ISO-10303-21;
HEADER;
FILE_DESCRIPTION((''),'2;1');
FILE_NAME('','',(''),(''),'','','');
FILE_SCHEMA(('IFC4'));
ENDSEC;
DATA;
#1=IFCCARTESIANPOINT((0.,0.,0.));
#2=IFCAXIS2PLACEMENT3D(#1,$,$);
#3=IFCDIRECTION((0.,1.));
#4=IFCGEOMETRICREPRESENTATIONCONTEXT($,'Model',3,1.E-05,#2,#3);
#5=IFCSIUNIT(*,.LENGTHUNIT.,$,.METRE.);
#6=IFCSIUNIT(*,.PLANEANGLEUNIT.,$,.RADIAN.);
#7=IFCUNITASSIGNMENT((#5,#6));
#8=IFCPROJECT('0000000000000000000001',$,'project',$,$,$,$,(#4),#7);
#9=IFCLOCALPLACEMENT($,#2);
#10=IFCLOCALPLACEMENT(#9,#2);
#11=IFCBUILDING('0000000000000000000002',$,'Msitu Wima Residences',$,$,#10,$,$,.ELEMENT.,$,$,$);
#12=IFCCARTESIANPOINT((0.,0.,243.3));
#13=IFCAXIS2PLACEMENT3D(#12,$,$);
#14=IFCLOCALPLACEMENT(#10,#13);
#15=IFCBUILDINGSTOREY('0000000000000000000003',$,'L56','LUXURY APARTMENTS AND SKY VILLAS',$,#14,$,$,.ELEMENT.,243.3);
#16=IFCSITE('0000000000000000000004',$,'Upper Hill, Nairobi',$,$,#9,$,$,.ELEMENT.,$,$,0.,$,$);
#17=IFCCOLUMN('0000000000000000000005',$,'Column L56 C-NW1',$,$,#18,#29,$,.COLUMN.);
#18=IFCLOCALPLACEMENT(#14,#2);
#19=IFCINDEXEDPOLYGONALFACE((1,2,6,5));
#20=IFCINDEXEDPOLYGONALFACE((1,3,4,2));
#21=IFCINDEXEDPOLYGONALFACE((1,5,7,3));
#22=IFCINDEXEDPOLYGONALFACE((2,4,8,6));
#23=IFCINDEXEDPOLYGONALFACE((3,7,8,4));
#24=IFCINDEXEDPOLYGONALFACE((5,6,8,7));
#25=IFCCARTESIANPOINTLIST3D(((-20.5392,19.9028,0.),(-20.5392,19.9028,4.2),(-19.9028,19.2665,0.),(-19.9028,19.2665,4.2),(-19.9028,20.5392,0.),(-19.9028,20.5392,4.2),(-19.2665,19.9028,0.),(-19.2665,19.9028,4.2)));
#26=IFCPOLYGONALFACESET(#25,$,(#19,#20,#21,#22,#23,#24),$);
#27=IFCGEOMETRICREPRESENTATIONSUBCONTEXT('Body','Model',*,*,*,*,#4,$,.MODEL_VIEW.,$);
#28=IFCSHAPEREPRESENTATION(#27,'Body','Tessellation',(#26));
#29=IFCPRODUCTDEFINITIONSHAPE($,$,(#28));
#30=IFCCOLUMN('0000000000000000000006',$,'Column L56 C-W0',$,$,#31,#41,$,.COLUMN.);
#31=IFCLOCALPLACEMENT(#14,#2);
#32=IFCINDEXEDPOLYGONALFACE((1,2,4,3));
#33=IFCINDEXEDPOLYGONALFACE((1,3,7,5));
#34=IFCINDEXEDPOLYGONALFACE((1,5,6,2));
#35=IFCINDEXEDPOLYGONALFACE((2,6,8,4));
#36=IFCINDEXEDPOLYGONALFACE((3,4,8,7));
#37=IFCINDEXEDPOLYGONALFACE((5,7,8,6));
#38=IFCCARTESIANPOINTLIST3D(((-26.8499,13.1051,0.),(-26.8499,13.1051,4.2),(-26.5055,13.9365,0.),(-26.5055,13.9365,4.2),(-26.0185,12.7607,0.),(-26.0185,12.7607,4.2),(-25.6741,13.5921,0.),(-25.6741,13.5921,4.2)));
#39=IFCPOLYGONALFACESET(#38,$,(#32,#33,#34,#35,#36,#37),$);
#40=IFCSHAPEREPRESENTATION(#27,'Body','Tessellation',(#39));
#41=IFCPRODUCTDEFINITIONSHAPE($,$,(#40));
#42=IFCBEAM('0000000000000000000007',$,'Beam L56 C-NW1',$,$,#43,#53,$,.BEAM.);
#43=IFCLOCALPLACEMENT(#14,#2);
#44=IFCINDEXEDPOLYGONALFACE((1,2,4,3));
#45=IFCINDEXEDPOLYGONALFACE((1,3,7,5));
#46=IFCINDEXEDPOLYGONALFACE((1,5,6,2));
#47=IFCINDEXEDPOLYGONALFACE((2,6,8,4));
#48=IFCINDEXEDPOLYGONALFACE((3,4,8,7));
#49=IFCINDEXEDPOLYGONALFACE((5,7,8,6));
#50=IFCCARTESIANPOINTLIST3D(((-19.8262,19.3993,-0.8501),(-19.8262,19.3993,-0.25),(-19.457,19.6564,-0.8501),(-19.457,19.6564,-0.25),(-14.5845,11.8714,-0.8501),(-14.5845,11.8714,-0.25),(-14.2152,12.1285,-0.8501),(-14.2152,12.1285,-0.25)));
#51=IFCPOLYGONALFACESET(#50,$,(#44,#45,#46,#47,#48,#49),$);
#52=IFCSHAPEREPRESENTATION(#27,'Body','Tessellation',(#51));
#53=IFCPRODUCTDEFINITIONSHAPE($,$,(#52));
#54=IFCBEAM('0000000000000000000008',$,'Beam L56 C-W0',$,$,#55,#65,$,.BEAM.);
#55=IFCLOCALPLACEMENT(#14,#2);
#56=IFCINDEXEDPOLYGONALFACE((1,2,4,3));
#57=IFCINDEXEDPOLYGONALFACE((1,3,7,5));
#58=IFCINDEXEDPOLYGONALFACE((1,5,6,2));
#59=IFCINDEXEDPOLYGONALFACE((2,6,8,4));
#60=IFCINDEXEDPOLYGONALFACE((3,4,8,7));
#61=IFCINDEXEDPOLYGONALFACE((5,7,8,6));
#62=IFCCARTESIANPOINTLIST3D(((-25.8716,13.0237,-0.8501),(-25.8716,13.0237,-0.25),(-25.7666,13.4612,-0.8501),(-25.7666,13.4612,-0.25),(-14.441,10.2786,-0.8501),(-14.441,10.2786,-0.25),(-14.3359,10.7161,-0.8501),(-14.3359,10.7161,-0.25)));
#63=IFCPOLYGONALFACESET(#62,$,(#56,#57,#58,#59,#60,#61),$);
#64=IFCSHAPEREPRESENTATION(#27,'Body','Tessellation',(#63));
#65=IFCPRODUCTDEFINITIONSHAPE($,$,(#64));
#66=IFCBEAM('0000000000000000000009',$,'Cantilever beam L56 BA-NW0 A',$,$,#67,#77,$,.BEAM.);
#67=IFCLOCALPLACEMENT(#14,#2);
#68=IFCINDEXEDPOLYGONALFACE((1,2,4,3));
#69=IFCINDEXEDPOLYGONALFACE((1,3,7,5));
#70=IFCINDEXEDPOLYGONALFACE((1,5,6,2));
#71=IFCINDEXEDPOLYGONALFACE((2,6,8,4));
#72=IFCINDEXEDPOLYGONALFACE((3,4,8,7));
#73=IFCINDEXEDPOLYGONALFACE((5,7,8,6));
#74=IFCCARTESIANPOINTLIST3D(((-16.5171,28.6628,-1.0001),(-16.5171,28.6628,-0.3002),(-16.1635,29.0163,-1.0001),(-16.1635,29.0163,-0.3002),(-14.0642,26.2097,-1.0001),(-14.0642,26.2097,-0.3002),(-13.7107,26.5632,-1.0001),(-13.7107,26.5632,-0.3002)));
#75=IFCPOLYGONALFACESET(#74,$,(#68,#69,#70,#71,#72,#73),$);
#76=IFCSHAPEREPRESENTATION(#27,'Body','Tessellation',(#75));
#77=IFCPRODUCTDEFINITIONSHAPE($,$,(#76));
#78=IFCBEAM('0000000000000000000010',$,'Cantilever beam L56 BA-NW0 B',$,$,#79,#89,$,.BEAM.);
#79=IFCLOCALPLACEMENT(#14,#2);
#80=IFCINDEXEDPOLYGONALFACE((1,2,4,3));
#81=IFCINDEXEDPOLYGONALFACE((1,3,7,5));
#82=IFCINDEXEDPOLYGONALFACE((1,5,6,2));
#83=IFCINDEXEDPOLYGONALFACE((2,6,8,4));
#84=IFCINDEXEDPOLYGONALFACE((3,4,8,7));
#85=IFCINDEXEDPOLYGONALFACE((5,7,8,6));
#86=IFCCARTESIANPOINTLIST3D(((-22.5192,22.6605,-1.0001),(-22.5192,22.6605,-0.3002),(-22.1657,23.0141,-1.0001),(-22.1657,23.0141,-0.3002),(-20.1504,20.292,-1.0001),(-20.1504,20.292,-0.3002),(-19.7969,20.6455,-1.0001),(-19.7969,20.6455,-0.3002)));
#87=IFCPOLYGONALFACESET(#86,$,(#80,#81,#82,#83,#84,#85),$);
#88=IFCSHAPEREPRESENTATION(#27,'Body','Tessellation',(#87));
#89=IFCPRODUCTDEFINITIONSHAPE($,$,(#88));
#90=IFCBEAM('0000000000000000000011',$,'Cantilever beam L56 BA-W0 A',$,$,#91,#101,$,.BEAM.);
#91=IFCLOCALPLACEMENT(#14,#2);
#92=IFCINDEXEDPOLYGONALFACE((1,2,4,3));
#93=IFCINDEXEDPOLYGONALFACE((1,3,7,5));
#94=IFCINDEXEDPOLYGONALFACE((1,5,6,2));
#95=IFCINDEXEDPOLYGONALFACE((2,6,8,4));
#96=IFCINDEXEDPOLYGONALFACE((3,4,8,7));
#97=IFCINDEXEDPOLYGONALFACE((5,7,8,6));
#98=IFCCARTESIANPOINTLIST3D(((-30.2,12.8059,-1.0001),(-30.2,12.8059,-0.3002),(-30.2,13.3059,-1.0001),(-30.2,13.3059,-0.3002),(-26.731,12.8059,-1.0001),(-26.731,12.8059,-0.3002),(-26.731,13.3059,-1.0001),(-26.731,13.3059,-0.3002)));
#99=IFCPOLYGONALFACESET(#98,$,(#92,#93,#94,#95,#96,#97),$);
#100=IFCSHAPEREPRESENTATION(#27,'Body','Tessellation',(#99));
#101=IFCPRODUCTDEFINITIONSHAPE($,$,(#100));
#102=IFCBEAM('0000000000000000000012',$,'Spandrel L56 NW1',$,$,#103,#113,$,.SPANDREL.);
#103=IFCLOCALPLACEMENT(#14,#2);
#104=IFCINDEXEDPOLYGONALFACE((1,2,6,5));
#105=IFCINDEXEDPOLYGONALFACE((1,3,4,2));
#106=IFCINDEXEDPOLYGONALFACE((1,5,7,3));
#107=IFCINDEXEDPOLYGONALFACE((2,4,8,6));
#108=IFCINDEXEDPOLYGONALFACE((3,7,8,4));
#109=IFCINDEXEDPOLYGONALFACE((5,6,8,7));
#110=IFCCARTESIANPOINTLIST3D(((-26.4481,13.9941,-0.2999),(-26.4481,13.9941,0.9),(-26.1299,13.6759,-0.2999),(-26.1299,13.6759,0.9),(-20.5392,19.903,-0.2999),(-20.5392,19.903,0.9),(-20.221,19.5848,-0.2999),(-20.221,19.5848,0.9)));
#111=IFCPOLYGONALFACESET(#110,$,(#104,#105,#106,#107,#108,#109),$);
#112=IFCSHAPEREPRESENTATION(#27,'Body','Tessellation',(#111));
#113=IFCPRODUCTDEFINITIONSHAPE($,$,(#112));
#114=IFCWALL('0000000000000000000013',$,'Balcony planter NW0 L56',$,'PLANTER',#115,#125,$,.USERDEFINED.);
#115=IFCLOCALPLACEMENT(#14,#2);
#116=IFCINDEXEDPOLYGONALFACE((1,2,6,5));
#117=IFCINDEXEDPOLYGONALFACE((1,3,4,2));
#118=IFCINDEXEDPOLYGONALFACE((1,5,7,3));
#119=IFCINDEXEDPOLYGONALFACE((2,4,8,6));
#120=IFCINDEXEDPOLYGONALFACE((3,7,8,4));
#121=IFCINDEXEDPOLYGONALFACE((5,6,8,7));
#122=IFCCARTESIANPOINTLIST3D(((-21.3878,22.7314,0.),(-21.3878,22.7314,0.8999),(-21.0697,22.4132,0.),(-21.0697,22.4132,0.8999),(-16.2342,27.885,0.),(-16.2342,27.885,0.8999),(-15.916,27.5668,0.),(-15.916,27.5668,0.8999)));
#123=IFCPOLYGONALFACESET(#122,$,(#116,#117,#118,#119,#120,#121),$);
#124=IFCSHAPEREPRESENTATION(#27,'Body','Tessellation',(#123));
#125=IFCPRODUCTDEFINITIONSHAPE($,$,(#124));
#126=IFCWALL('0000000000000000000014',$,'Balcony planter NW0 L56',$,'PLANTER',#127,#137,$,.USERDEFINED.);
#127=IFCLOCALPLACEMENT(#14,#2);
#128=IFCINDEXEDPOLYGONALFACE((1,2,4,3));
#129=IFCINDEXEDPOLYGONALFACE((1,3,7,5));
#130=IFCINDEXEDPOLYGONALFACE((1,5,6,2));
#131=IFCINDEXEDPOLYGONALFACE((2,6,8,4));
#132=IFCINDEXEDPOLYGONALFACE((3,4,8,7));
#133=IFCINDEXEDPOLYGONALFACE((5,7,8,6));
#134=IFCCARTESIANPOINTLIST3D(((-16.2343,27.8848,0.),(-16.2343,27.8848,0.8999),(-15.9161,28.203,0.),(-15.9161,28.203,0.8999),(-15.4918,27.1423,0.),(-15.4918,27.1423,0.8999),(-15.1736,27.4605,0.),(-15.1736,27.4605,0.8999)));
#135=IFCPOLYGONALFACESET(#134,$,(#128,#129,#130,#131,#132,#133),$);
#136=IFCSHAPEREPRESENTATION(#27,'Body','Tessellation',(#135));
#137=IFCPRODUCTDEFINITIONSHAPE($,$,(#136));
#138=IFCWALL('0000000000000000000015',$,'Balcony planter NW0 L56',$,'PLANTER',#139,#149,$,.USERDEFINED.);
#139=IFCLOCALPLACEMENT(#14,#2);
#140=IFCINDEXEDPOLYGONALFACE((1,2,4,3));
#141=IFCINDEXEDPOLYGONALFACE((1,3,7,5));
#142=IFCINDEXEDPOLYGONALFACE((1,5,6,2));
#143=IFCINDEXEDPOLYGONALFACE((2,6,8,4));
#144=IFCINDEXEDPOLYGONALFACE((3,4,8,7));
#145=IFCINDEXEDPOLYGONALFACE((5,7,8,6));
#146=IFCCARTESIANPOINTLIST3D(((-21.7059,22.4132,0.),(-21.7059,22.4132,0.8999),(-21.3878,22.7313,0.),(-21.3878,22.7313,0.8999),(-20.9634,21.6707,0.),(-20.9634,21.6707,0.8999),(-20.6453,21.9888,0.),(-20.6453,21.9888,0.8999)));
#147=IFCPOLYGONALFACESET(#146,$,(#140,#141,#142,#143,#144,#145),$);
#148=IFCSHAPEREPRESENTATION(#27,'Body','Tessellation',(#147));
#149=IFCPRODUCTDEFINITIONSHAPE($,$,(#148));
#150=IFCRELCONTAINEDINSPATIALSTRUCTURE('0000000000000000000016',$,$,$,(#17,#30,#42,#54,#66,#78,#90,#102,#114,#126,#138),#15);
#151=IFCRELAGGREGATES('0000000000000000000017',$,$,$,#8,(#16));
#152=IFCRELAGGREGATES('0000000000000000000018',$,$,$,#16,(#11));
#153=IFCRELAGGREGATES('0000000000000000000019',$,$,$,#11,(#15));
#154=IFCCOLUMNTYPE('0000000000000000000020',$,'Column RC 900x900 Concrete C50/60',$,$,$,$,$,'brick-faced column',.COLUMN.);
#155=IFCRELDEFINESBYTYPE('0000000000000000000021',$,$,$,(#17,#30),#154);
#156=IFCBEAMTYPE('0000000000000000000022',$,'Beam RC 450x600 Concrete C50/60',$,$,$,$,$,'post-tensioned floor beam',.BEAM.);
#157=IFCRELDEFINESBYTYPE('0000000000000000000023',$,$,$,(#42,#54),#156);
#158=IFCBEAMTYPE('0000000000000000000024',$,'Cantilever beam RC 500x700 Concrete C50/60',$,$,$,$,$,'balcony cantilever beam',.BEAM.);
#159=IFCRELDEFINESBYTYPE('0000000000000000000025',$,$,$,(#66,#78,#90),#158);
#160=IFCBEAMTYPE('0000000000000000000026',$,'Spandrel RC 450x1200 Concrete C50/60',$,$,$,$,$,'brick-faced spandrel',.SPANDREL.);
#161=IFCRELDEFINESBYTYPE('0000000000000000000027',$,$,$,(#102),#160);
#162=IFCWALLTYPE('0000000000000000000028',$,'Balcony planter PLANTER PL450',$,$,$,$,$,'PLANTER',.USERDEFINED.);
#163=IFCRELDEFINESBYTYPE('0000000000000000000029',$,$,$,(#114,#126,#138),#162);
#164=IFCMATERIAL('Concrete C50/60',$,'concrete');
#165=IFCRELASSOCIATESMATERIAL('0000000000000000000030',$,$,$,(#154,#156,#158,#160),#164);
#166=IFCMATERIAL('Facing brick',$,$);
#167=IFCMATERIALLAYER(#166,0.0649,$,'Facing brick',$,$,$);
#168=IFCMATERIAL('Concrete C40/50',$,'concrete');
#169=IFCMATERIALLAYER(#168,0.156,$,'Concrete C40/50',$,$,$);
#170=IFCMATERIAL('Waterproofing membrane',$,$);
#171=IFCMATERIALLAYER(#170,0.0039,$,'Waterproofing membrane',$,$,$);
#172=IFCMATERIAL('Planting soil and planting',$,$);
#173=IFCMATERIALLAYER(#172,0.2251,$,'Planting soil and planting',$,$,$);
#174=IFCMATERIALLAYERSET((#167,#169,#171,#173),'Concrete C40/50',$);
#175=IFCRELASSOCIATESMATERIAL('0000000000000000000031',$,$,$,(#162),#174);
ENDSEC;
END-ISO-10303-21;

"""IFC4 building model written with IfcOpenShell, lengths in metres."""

from ifc_helpers import new_model, si_unit, direction, frame, frame_2d, origin, origin_2d, place, context, subcontext, project, spatial, rectangle, extrude, material, layer, layer_set, material_profile, profile_set, type_object, element, save


model = new_model("IFC4")

# Units and contexts
model_context = context("Model", 3, precision=1e-05, world=origin(), true_north=direction((0.0, 1.0)))
body_context = subcontext(model_context, "Body", "Model", "MODEL_VIEW")
ifc_project = project(units=[si_unit("LENGTHUNIT", "METRE"), si_unit("PLANEANGLEUNIT", "RADIAN")], contexts=[model_context])

# Site, building, storey
site_placement = place(None, origin())
site = spatial("IfcSite", under=ifc_project, at=site_placement, Name="Upper Hill, Nairobi", CompositionType="ELEMENT", RefElevation=0.0)
building_placement = place(site_placement, origin())
building = spatial("IfcBuilding", under=site, at=building_placement, Name="Msitu Wima Residences", CompositionType="ELEMENT")
storey_placement = place(building_placement, frame((0.0, 0.0, 243.3)))
storey = spatial("IfcBuildingStorey", under=building, at=storey_placement, Name="L56", Description="LUXURY APARTMENTS AND SKY VILLAS", CompositionType="ELEMENT", Elevation=243.3)

# Columns
ifc_material_1 = material(Name="Concrete C50/60", Category="concrete")
ifc_material_profile_1 = material_profile(ifc_material_1, rectangle(XDim=0.8999, YDim=0.8999, at=origin_2d()), Name="RC 900x900")
ifc_profile_set_1 = profile_set([ifc_material_profile_1], Name="Concrete C50/60")
column_type = type_object("IfcColumnType", Name="Column RC 900x900 Concrete C50/60", ElementType="brick-faced column", PredefinedType="COLUMN", material=ifc_profile_set_1)
for number, where, z_axis, x_axis, name in (
    (1, (-19.9028, 19.9028, 0.0), (0.0, 0.0, 1.0), (-0.707107, -0.707107, 0.0), "Column L56 C-NW1"),
    (2, (-26.262, 13.3486, 0.0), (0.0, 0.0, 1.0), (-0.382683, -0.92388, 0.0), "Column L56 C-W0"),
):
    element("IfcColumn", number, at=place(storey_placement, frame(where, z_axis=z_axis, x_axis=x_axis)), inside=storey, type_object=column_type, Name=name, PredefinedType="COLUMN", context=body_context, shape_type="SweptSolid", body=[
        extrude(rectangle(XDim=0.8999, YDim=0.8999, at=origin_2d()), origin(), (0.0, 0.0, 1.0), 4.2),
    ])

# Beams
ifc_material_profile_2 = material_profile(ifc_material_1, rectangle(XDim=0.45, YDim=0.6001, at=origin_2d()), Name="RC 450x600")
ifc_profile_set_2 = profile_set([ifc_material_profile_2], Name="Concrete C50/60")
beam_type_1 = type_object("IfcBeamType", Name="Beam RC 450x600 Concrete C50/60", ElementType="post-tensioned floor beam", PredefinedType="BEAM", material=ifc_profile_set_2)
beam_1_placement = place(storey_placement, frame((-19.6416, 19.5278, -0.55), z_axis=(0.571428, -0.820652, 0.0), x_axis=(0.820652, 0.571428, 0.0)))
element("IfcBeam", 3, at=beam_1_placement, inside=storey, type_object=beam_type_1, Name="Beam L56 C-NW1", PredefinedType="BEAM", context=body_context, shape_type="SweptSolid", body=[
    extrude(rectangle(XDim=0.45, YDim=0.6001, at=origin_2d()), origin(), (0.0, 0.0, 1.0), 9.1731),
])
beam_2_placement = place(storey_placement, frame((-25.8191, 13.2424, -0.55), z_axis=(0.972353, -0.233514, 0.0), x_axis=(0.233514, 0.972353, 0.0)))
element("IfcBeam", 4, at=beam_2_placement, inside=storey, type_object=beam_type_1, Name="Beam L56 C-W0", PredefinedType="BEAM", context=body_context, shape_type="SweptSolid", body=[
    extrude(rectangle(XDim=0.45, YDim=0.6001, at=origin_2d()), origin(), (0.0, 0.0, 1.0), 11.7556),
])
ifc_material_profile_3 = material_profile(ifc_material_1, rectangle(XDim=0.5, YDim=0.7, at=origin_2d()), Name="RC 500x700")
ifc_profile_set_3 = profile_set([ifc_material_profile_3], Name="Concrete C50/60")
beam_type_2 = type_object("IfcBeamType", Name="Cantilever beam RC 500x700 Concrete C50/60", ElementType="balcony cantilever beam", PredefinedType="BEAM", material=ifc_profile_set_3)
beam_3_placement = place(storey_placement, frame((-13.8875, 26.3865, -0.6501), z_axis=(-0.707072, 0.707142, 0.0), x_axis=(-0.707142, -0.707072, 0.0)))
element("IfcBeam", 5, at=beam_3_placement, inside=storey, type_object=beam_type_2, Name="Cantilever beam L56 BA-NW0 A", PredefinedType="BEAM", context=body_context, shape_type="SweptSolid", body=[
    extrude(rectangle(XDim=0.5, YDim=0.7, at=origin_2d()), origin(), (0.0, 0.0, 1.0), 3.469),
])
beam_4_placement = place(storey_placement, frame((-19.9736, 20.4688, -0.6501), z_axis=(-0.707143, 0.70707, 0.0), x_axis=(-0.70707, -0.707143, 0.0)))
element("IfcBeam", 6, at=beam_4_placement, inside=storey, type_object=beam_type_2, Name="Cantilever beam L56 BA-NW0 B", PredefinedType="BEAM", context=body_context, shape_type="SweptSolid", body=[
    extrude(rectangle(XDim=0.5, YDim=0.7, at=origin_2d()), origin(), (0.0, 0.0, 1.0), 3.3499),
])
beam_5_placement = place(storey_placement, frame((-26.731, 13.0559, -0.6501), z_axis=(-1.0, 0.0, 0.0), x_axis=(0.0, -1.0, 0.0)))
element("IfcBeam", 7, at=beam_5_placement, inside=storey, type_object=beam_type_2, Name="Cantilever beam L56 BA-W0 A", PredefinedType="BEAM", context=body_context, shape_type="SweptSolid", body=[
    extrude(rectangle(XDim=0.5, YDim=0.7, at=origin_2d()), origin(), (0.0, 0.0, 1.0), 3.469),
])
ifc_material_profile_4 = material_profile(ifc_material_1, rectangle(XDim=0.45, YDim=1.2, at=origin_2d()), Name="RC 450x1200")
ifc_profile_set_4 = profile_set([ifc_material_profile_4], Name="Concrete C50/60")
beam_type_3 = type_object("IfcBeamType", Name="Spandrel RC 450x1200 Concrete C50/60", ElementType="brick-faced spandrel", PredefinedType="SPANDREL", material=ifc_profile_set_4)
beam_6_placement = place(storey_placement, frame((-20.3801, 19.7439, 0.3), z_axis=(-0.707107, -0.707107, 0.0), x_axis=(0.707107, -0.707107, 0.0)))
element("IfcBeam", 8, at=beam_6_placement, inside=storey, type_object=beam_type_3, Name="Spandrel L56 NW1", PredefinedType="SPANDREL", context=body_context, shape_type="SweptSolid", body=[
    extrude(rectangle(XDim=0.45, YDim=1.2, at=origin_2d()), origin(), (0.0, 0.0, 1.0), 8.3564),
])

# Walls
ifc_material_2 = material(Name="Facing brick")
ifc_layer_1 = layer(ifc_material_2, 0.0649, Name="Facing brick")
ifc_material_3 = material(Name="Concrete C40/50", Category="concrete")
ifc_layer_2 = layer(ifc_material_3, 0.156, Name="Concrete C40/50")
ifc_material_4 = material(Name="Waterproofing membrane")
ifc_layer_3 = layer(ifc_material_4, 0.0039, Name="Waterproofing membrane")
ifc_material_5 = material(Name="Planting soil and planting")
ifc_layer_4 = layer(ifc_material_5, 0.2251, Name="Planting soil and planting")
ifc_layer_set_1 = layer_set([ifc_layer_1, ifc_layer_2, ifc_layer_3, ifc_layer_4], Name="Concrete C40/50")
wall_type_1 = type_object("IfcWallType", Name="Balcony planter PLANTER PL450", ElementType="PLANTER", PredefinedType="USERDEFINED", material=ifc_layer_set_1)
wall_1_placement = place(storey_placement, frame((-16.0752, 27.7258, 0.0), z_axis=(0.0, 0.0, 1.0), x_axis=(-0.707107, -0.707107, 0.0)))
element("IfcWall", 9, at=wall_1_placement, inside=storey, type_object=wall_type_1, Name="Balcony planter NW0 L56", ObjectType="PLANTER", PredefinedType="USERDEFINED", context=body_context, shape_type="SweptSolid", body=[
    extrude(rectangle(XDim=7.2883, YDim=0.45, at=frame_2d((3.644, 0.0))), origin(), (0.0, 0.0, 1.0), 0.8999),
])
for number, where, z_axis, x_axis, name in (
    (10, (-15.3328, 27.3015, 0.0), (0.0, 0.0, 1.0), (-0.707107, 0.707107, 0.0), "Balcony planter NW0 L56"),
    (11, (-20.8044, 21.8298, 0.0), (0.0, 0.0, 1.0), (-0.707107, 0.707107, 0.0), "Balcony planter NW0 L56"),
):
    element("IfcWall", number, at=place(storey_placement, frame(where, z_axis=z_axis, x_axis=x_axis)), inside=storey, type_object=wall_type_1, Name=name, ObjectType="PLANTER", PredefinedType="USERDEFINED", context=body_context, shape_type="SweptSolid", body=[
        extrude(rectangle(XDim=1.05, YDim=0.45, at=frame_2d((0.5249, 0.0))), origin(), (0.0, 0.0, 1.0), 0.8999),
    ])

save(model, "model.ifc")
